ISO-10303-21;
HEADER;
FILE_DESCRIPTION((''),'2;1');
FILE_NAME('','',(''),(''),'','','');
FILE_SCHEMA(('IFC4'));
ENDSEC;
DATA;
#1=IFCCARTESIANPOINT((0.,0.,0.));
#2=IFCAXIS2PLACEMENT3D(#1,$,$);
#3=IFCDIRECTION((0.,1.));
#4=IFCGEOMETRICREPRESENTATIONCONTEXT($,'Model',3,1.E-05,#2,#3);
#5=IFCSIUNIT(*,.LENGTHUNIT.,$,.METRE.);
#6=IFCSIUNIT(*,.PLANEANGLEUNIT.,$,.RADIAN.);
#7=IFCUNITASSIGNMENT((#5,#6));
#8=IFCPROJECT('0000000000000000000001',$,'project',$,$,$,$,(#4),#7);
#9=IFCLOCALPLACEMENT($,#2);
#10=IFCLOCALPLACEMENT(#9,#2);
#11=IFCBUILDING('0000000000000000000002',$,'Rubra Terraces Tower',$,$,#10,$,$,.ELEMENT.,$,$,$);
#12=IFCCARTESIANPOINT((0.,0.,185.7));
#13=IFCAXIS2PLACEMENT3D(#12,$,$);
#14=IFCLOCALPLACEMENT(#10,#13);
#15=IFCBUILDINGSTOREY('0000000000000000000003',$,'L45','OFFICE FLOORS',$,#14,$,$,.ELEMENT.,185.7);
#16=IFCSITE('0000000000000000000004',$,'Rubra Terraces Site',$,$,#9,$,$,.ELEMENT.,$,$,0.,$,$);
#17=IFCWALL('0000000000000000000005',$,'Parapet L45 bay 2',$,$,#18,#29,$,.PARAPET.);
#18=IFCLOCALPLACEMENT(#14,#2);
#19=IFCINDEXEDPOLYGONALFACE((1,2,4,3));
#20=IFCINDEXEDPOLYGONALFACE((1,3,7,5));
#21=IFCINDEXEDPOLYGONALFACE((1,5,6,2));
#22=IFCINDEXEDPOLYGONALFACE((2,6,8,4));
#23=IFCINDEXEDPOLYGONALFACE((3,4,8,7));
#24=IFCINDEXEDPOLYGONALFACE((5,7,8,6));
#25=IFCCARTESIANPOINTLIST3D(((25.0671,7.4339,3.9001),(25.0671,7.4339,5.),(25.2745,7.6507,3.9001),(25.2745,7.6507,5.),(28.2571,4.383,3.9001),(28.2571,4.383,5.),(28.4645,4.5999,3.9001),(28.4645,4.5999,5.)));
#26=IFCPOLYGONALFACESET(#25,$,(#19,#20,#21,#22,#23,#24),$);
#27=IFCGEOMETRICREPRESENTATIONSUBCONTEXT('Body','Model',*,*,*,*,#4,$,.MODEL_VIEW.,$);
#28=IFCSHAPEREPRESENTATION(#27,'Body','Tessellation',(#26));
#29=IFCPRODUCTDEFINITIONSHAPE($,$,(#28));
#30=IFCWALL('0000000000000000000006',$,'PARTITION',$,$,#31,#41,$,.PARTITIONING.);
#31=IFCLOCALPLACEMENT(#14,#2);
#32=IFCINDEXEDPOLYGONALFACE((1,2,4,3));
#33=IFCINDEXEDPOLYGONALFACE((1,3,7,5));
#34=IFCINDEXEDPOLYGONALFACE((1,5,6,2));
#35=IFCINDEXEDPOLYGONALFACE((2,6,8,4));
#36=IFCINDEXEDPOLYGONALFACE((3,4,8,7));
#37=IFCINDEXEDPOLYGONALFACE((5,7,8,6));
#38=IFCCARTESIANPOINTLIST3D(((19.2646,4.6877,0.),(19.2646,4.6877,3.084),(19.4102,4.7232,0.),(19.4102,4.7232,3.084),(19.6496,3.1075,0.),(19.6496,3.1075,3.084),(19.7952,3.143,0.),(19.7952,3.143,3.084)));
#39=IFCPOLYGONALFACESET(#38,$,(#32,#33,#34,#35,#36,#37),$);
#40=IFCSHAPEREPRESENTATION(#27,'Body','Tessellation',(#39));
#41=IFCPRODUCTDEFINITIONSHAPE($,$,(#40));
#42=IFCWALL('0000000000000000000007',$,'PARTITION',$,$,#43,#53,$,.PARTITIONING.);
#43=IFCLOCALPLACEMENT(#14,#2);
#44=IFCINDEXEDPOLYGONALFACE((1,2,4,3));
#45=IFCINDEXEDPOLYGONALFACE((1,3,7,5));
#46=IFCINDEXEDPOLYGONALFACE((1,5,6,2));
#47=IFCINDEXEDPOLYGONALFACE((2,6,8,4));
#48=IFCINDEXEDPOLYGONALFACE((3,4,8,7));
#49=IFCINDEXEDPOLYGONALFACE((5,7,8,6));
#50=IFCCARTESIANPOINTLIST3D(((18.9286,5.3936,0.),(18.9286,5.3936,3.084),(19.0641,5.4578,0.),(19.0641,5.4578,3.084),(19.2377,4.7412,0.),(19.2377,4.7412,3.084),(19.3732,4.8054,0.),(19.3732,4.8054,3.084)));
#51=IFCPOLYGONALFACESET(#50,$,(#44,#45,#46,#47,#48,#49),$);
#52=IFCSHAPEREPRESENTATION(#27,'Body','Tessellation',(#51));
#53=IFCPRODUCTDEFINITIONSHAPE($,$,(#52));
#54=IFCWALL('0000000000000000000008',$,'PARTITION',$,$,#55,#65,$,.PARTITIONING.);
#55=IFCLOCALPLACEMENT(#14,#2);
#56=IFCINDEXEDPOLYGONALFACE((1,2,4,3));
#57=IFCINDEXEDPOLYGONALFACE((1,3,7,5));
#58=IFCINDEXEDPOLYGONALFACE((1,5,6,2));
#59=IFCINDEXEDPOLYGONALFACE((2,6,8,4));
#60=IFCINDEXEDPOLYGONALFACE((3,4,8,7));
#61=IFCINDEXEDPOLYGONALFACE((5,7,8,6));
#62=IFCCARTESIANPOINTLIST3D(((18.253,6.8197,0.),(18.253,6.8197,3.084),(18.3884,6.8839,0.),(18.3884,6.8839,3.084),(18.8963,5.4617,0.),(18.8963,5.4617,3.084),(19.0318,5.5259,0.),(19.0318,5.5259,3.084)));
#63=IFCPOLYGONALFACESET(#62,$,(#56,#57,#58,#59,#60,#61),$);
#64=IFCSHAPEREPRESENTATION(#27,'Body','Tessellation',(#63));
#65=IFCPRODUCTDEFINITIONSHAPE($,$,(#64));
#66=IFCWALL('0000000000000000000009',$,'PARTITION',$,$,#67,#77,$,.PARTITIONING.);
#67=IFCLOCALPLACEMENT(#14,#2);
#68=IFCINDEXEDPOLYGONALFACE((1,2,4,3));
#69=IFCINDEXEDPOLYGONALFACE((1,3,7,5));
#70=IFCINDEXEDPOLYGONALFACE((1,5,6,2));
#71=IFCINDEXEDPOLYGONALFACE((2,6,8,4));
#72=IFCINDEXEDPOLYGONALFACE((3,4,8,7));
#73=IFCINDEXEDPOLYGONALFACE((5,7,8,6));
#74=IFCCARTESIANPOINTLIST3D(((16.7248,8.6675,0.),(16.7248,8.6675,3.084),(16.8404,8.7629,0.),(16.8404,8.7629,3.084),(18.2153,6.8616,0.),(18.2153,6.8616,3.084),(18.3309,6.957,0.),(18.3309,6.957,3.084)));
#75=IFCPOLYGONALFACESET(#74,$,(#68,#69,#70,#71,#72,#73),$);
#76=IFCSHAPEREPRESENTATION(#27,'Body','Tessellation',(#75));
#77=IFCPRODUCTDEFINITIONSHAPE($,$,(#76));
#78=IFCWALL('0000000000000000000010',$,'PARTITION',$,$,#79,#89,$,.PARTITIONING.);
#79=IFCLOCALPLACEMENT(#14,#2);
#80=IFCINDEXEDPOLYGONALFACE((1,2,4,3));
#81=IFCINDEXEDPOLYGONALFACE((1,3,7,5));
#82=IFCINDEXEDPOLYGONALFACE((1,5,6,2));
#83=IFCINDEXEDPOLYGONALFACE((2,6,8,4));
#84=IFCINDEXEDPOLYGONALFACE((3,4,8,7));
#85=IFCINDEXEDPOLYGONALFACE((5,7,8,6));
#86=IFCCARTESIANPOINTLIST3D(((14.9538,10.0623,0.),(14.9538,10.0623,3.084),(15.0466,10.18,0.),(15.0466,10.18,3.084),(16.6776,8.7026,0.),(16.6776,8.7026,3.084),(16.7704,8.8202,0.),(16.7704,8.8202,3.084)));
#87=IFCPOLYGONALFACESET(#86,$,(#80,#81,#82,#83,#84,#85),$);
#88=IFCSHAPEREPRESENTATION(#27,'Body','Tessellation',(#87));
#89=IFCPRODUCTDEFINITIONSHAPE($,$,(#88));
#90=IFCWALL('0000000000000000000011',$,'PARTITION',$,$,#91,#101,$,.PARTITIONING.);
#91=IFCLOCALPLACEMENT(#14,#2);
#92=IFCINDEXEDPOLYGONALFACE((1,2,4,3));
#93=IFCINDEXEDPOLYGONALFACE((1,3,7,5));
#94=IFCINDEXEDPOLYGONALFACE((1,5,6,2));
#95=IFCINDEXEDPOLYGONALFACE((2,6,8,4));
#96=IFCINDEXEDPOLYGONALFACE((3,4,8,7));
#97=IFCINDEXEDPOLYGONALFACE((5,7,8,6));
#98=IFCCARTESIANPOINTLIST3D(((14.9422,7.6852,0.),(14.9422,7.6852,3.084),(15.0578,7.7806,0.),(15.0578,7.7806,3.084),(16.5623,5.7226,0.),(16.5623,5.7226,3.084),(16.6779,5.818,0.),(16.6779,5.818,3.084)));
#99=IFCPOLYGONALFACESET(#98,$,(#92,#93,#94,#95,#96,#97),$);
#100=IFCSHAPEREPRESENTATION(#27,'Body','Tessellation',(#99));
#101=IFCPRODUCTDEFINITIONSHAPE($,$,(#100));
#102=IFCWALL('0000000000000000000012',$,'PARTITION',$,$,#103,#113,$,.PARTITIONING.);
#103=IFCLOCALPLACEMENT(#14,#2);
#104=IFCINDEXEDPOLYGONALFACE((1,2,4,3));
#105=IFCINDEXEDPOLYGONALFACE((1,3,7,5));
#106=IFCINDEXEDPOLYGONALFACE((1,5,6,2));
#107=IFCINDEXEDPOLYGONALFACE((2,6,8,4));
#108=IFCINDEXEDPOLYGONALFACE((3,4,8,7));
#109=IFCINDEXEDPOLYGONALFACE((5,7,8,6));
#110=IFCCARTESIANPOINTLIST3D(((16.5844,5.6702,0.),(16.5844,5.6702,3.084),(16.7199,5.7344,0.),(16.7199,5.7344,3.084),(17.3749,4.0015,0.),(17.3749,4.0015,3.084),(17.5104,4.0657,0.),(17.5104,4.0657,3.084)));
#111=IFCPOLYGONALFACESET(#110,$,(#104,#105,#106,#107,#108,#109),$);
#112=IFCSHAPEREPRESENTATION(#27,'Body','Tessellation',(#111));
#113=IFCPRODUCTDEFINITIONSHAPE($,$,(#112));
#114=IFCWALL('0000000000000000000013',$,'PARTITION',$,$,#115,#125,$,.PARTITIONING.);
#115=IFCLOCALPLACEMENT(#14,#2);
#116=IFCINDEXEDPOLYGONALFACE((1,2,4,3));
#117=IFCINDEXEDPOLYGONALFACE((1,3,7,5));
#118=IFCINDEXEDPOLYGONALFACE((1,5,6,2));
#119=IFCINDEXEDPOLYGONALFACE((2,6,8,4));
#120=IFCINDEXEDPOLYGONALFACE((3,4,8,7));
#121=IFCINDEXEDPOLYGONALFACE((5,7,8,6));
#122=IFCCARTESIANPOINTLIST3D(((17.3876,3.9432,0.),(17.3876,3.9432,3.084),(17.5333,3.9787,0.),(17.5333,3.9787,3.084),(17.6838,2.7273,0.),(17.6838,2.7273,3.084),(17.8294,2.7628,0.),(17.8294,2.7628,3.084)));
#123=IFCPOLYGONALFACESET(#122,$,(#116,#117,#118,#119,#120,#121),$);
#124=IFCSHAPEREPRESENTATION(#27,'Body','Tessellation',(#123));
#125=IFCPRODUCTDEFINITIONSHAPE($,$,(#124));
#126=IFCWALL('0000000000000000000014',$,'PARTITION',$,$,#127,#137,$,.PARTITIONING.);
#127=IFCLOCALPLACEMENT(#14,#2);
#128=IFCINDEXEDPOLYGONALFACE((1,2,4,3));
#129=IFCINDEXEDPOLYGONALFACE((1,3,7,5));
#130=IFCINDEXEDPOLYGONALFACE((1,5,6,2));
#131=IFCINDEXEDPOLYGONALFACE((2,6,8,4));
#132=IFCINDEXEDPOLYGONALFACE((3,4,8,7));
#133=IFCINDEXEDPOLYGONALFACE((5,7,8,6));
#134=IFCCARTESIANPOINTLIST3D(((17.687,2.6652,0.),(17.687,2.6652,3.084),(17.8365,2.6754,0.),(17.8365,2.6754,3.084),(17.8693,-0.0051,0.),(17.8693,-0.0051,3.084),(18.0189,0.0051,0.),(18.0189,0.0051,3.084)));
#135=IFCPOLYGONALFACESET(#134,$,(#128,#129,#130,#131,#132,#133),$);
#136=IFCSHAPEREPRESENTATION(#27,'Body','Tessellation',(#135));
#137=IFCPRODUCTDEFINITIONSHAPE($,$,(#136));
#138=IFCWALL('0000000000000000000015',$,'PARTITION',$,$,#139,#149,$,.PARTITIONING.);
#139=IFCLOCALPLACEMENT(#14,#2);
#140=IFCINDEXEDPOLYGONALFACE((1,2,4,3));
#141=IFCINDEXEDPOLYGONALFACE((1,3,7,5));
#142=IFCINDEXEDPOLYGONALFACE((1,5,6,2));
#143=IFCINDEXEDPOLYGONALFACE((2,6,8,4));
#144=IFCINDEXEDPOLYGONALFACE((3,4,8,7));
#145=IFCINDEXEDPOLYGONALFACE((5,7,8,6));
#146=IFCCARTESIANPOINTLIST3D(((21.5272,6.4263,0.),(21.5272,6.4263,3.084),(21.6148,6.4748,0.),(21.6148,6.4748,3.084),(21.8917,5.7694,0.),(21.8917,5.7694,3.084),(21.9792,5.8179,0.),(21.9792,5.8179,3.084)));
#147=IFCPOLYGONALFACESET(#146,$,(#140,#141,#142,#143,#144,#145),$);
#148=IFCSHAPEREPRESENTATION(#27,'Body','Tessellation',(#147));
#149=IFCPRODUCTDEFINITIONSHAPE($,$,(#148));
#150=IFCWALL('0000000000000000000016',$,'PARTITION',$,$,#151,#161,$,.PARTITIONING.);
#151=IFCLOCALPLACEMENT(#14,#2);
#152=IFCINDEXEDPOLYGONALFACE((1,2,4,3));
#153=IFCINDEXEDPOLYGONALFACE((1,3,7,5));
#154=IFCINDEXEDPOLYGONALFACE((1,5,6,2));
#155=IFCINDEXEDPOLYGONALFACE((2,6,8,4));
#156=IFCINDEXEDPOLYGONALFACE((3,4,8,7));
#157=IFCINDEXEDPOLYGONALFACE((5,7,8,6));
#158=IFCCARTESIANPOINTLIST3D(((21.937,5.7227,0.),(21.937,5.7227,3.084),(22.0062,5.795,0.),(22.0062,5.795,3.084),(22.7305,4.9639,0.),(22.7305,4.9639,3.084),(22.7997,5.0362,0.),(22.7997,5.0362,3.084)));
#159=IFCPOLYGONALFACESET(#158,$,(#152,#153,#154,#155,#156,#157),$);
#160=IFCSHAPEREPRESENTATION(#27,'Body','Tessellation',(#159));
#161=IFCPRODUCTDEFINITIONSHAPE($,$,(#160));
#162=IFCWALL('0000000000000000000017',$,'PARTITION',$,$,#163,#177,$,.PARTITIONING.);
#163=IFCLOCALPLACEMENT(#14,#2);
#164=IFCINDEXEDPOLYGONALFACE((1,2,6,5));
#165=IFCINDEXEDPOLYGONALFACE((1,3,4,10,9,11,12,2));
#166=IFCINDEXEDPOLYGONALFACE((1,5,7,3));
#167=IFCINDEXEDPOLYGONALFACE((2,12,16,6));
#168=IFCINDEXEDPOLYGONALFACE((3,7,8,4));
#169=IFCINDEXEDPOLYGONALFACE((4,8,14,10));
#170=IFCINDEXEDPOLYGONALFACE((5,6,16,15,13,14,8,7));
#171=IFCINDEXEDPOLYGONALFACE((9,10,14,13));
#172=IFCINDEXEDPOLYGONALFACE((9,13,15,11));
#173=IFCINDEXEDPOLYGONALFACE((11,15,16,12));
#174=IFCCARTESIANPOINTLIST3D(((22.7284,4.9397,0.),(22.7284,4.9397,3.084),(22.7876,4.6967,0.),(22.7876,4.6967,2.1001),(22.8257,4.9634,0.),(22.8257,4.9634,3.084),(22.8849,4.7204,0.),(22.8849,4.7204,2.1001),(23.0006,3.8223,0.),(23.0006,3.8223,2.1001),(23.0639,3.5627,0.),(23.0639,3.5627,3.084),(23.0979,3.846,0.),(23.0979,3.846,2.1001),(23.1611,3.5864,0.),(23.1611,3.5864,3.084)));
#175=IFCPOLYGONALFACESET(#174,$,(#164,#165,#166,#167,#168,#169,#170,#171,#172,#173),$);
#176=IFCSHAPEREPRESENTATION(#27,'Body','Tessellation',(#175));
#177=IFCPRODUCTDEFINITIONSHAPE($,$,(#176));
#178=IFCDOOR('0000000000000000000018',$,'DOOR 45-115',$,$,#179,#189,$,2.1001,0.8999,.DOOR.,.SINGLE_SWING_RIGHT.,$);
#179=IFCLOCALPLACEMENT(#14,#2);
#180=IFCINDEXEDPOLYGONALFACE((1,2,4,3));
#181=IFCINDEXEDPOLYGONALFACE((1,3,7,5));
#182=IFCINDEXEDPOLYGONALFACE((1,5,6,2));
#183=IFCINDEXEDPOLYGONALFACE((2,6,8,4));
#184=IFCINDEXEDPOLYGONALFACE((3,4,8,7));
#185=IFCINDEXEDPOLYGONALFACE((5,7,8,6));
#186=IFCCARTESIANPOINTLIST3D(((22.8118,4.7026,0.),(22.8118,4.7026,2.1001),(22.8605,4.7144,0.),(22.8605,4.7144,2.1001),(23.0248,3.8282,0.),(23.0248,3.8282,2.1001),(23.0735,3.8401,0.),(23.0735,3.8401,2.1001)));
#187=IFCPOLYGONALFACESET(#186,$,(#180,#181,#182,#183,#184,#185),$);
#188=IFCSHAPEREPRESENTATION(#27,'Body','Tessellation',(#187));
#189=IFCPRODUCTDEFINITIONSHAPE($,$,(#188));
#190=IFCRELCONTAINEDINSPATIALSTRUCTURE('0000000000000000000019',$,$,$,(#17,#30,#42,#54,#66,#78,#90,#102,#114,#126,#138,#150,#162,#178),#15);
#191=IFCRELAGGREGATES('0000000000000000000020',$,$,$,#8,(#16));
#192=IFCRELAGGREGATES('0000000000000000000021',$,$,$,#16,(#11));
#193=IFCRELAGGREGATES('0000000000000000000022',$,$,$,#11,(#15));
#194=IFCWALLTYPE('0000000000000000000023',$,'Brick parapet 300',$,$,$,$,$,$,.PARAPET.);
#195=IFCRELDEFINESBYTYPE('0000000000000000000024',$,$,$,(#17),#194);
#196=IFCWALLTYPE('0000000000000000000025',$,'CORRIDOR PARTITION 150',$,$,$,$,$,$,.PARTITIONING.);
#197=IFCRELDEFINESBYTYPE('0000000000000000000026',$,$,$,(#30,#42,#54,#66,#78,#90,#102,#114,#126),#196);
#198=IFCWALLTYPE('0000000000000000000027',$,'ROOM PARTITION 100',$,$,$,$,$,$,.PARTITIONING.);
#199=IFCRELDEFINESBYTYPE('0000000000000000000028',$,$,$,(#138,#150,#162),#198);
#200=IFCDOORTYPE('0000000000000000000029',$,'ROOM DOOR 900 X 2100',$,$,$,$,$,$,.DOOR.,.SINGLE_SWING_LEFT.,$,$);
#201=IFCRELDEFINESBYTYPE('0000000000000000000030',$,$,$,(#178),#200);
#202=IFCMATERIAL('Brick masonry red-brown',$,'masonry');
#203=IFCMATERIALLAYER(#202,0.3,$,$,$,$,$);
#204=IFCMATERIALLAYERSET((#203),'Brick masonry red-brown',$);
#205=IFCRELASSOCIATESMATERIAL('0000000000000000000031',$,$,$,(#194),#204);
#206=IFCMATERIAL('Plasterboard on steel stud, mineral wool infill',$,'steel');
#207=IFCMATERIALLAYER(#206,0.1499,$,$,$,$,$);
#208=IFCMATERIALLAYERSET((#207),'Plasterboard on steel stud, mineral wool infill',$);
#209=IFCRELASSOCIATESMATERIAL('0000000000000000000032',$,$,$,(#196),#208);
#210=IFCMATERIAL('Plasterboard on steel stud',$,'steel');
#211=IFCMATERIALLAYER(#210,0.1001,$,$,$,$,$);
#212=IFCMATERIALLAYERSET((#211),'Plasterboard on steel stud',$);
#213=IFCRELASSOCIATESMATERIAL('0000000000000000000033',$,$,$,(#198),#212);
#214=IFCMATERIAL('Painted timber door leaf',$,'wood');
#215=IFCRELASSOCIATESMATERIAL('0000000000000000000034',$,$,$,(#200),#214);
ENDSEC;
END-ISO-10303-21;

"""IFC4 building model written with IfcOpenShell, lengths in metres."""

from ifc_helpers import new_model, si_unit, direction, frame, frame_2d, origin, place, context, subcontext, project, spatial, rectangle, extrude, material, layer, layer_set, type_object, element, fill, save


model = new_model("IFC4")

# Units and contexts
model_context = context("Model", 3, precision=1e-05, world=origin(), true_north=direction((0.0, 1.0)))
body_context = subcontext(model_context, "Body", "Model", "MODEL_VIEW")
ifc_project = project(units=[si_unit("LENGTHUNIT", "METRE"), si_unit("PLANEANGLEUNIT", "RADIAN")], contexts=[model_context])

# Site, building, storey
site_placement = place(None, origin())
site = spatial("IfcSite", under=ifc_project, at=site_placement, Name="Rubra Terraces Site", CompositionType="ELEMENT", RefElevation=0.0)
building_placement = place(site_placement, origin())
building = spatial("IfcBuilding", under=site, at=building_placement, Name="Rubra Terraces Tower", CompositionType="ELEMENT")
storey_placement = place(building_placement, frame((0.0, 0.0, 185.7)))
storey = spatial("IfcBuildingStorey", under=building, at=storey_placement, Name="L45", Description="OFFICE FLOORS", CompositionType="ELEMENT", Elevation=185.7)

# Shared definitions
ifc_material_1 = material(Name="Brick masonry red-brown", Category="masonry")

# Walls
ifc_layer_1 = layer(ifc_material_1, 0.3)
ifc_layer_set_1 = layer_set([ifc_layer_1], Name="Brick masonry red-brown")
wall_type_1 = type_object("IfcWallType", Name="Brick parapet 300", PredefinedType="PARAPET", material=ifc_layer_set_1)
wall_1_placement = place(storey_placement, frame((28.3608, 4.4915, 3.9001), z_axis=(0.0, 0.0, 1.0), x_axis=(-0.722695, 0.691167, 0.0)))
element("IfcWall", 1, at=wall_1_placement, inside=storey, type_object=wall_type_1, Name="Parapet L45 bay 2", PredefinedType="PARAPET", context=body_context, shape_type="SweptSolid", body=[
    extrude(rectangle(XDim=4.4141, YDim=0.3, at=frame_2d((2.207, 0.0))), origin(), (0.0, 0.0, 1.0), 1.0999),
])
ifc_material_2 = material(Name="Plasterboard on steel stud, mineral wool infill", Category="steel")
ifc_layer_2 = layer(ifc_material_2, 0.1499)
ifc_layer_set_2 = layer_set([ifc_layer_2], Name="Plasterboard on steel stud, mineral wool infill")
wall_type_2 = type_object("IfcWallType", Name="CORRIDOR PARTITION 150", PredefinedType="PARTITIONING", material=ifc_layer_set_2)
wall_2_placement = place(storey_placement, frame((19.7224, 3.1252, 0.0), z_axis=(0.0, 0.0, 1.0), x_axis=(-0.236704, 0.971582, 0.0)))
element("IfcWall", 2, at=wall_2_placement, inside=storey, type_object=wall_type_2, Name="PARTITION", PredefinedType="PARTITIONING", context=body_context, shape_type="SweptSolid", body=[
    extrude(rectangle(XDim=1.6265, YDim=0.1499, at=frame_2d((0.8132, 0.0))), origin(), (0.0, 0.0, 1.0), 3.084),
])
wall_3_placement = place(storey_placement, frame((19.3054, 4.7734, 0.0), z_axis=(0.0, 0.0, 1.0), x_axis=(-0.428174, 0.903697, 0.0)))
element("IfcWall", 3, at=wall_3_placement, inside=storey, type_object=wall_type_2, Name="PARTITION", PredefinedType="PARTITIONING", context=body_context, shape_type="SweptSolid", body=[
    extrude(rectangle(XDim=0.7219, YDim=0.1499, at=frame_2d((0.3608, 0.0))), origin(), (0.0, 0.0, 1.0), 3.084),
])
wall_4_placement = place(storey_placement, frame((18.9641, 5.4937, 0.0), z_axis=(0.0, 0.0, 1.0), x_axis=(-0.428135, 0.903715, 0.0)))
element("IfcWall", 4, at=wall_4_placement, inside=storey, type_object=wall_type_2, Name="PARTITION", PredefinedType="PARTITIONING", context=body_context, shape_type="SweptSolid", body=[
    extrude(rectangle(XDim=1.5027, YDim=0.1499, at=frame_2d((0.7515, 0.0))), origin(), (0.0, 0.0, 1.0), 3.084),
])
wall_5_placement = place(storey_placement, frame((18.2732, 6.9092, 0.0), z_axis=(0.0, 0.0, 1.0), x_axis=(-0.636536, 0.771247, 0.0)))
element("IfcWall", 5, at=wall_5_placement, inside=storey, type_object=wall_type_2, Name="PARTITION", PredefinedType="PARTITIONING", context=body_context, shape_type="SweptSolid", body=[
    extrude(rectangle(XDim=2.3416, YDim=0.1499, at=frame_2d((1.1709, 0.0))), origin(), (0.0, 0.0, 1.0), 3.084),
])
wall_6_placement = place(storey_placement, frame((16.7239, 8.7615, 0.0), z_axis=(0.0, 0.0, 1.0), x_axis=(-0.785125, 0.619338, 0.0)))
element("IfcWall", 6, at=wall_6_placement, inside=storey, type_object=wall_type_2, Name="PARTITION", PredefinedType="PARTITIONING", context=body_context, shape_type="SweptSolid", body=[
    extrude(rectangle(XDim=2.1956, YDim=0.1499, at=frame_2d((1.0977, 0.0))), origin(), (0.0, 0.0, 1.0), 3.084),
])
wall_7_placement = place(storey_placement, frame((15.0, 7.7329, 0.0), z_axis=(0.0, 0.0, 1.0), x_axis=(0.636601, -0.771193, 0.0)))
element("IfcWall", 7, at=wall_7_placement, inside=storey, type_object=wall_type_2, Name="PARTITION", PredefinedType="PARTITIONING", context=body_context, shape_type="SweptSolid", body=[
    extrude(rectangle(XDim=2.5449, YDim=0.1499, at=frame_2d((1.2725, 0.0))), origin(), (0.0, 0.0, 1.0), 3.084),
])
wall_8_placement = place(storey_placement, frame((16.6521, 5.7024, 0.0), z_axis=(0.0, 0.0, 1.0), x_axis=(0.428126, -0.903719, 0.0)))
element("IfcWall", 8, at=wall_8_placement, inside=storey, type_object=wall_type_2, Name="PARTITION", PredefinedType="PARTITIONING", context=body_context, shape_type="SweptSolid", body=[
    extrude(rectangle(XDim=1.8464, YDim=0.1499, at=frame_2d((0.9233, 0.0))), origin(), (0.0, 0.0, 1.0), 3.084),
])
wall_9_placement = place(storey_placement, frame((17.4604, 3.9609, 0.0), z_axis=(0.0, 0.0, 1.0), x_axis=(0.236655, -0.971594, 0.0)))
element("IfcWall", 9, at=wall_9_placement, inside=storey, type_object=wall_type_2, Name="PARTITION", PredefinedType="PARTITIONING", context=body_context, shape_type="SweptSolid", body=[
    extrude(rectangle(XDim=1.2515, YDim=0.1499, at=frame_2d((0.6257, 0.0))), origin(), (0.0, 0.0, 1.0), 3.084),
])
wall_10_placement = place(storey_placement, frame((17.7617, 2.6704, 0.0), z_axis=(0.0, 0.0, 1.0), x_axis=(0.068135, -0.997676, 0.0)))
element("IfcWall", 10, at=wall_10_placement, inside=storey, type_object=wall_type_2, Name="PARTITION", PredefinedType="PARTITIONING", context=body_context, shape_type="SweptSolid", body=[
    extrude(rectangle(XDim=2.6765, YDim=0.1499, at=frame_2d((1.3384, 0.0))), origin(), (0.0, 0.0, 1.0), 3.084),
])
ifc_material_3 = material(Name="Plasterboard on steel stud", Category="steel")
ifc_layer_3 = layer(ifc_material_3, 0.1001)
ifc_layer_set_3 = layer_set([ifc_layer_3], Name="Plasterboard on steel stud")
wall_type_3 = type_object("IfcWallType", Name="ROOM PARTITION 100", PredefinedType="PARTITIONING", material=ifc_layer_set_3)
wall_11_placement = place(storey_placement, frame((21.571, 6.4504, 0.0), z_axis=(0.0, 0.0, 1.0), x_axis=(0.485146, -0.874433, 0.0)))
element("IfcWall", 11, at=wall_11_placement, inside=storey, type_object=wall_type_3, Name="PARTITION", PredefinedType="PARTITIONING", context=body_context, shape_type="SweptSolid", body=[
    extrude(rectangle(XDim=0.7512, YDim=0.1001, at=frame_2d((0.3755, 0.0))), origin(), (0.0, 0.0, 1.0), 3.084),
])
wall_12_placement = place(storey_placement, frame((21.9717, 5.7588, 0.0), z_axis=(0.0, 0.0, 1.0), x_axis=(0.722719, -0.691142, 0.0)))
element("IfcWall", 12, at=wall_12_placement, inside=storey, type_object=wall_type_3, Name="PARTITION", PredefinedType="PARTITIONING", context=body_context, shape_type="SweptSolid", body=[
    extrude(rectangle(XDim=1.0979, YDim=0.1001, at=frame_2d((0.5488, 0.0))), origin(), (0.0, 0.0, 1.0), 3.084),
])

# Wall, opening, door
wall_13_placement = place(storey_placement, frame((22.7771, 4.9514, 0.0), z_axis=(0.0, 0.0, 1.0), x_axis=(0.236694, -0.971584, 0.0)))
wall_13 = element("IfcWall", 13, at=wall_13_placement, inside=storey, type_object=wall_type_3, Name="PARTITION", PredefinedType="PARTITIONING", context=body_context, shape_type="SweptSolid", body=[
    extrude(rectangle(XDim=1.4172, YDim=0.1001, at=frame_2d((0.7085, 0.0))), origin(), (0.0, 0.0, 1.0), 3.084),
])
opening_1_placement = place(wall_13_placement, frame((0.25, 0.0, 0.0)))
opening_1 = element("IfcOpeningElement", 14, at=opening_1_placement, cuts=wall_13, PredefinedType="OPENING", context=body_context, shape_type="SweptSolid", body=[
    extrude(rectangle(XDim=0.8999, YDim=2.1001, at=frame_2d((0.45, 1.05))), frame((0.0, 0.0601, 0.0), z_axis=(0.0, -1.0, 0.0), x_axis=(1.0, 0.0, 0.0)), (0.0, 0.0, 1.0), 0.1201),
])
ifc_material_4 = material(Name="Painted timber door leaf", Category="wood")
door_type = type_object("IfcDoorType", Name="ROOM DOOR 900 X 2100", OperationType="SINGLE_SWING_LEFT", PredefinedType="DOOR", material=ifc_material_4)
door_placement = place(opening_1_placement, origin())
door = element("IfcDoor", 15, at=door_placement, inside=storey, type_object=door_type, Name="DOOR 45-115", OperationType="SINGLE_SWING_RIGHT", OverallHeight=2.1001, OverallWidth=0.8999, PredefinedType="DOOR", context=body_context, shape_type="SweptSolid", body=[
    extrude(rectangle(XDim=0.8999, YDim=2.1001, at=frame_2d((0.45, 1.05))), frame((0.0, 0.0249, 0.0), z_axis=(0.0, -1.0, 0.0), x_axis=(1.0, 0.0, 0.0)), (0.0, 0.0, 1.0), 0.05),
])
fill(opening_1, door)

save(model, "model.ifc")
